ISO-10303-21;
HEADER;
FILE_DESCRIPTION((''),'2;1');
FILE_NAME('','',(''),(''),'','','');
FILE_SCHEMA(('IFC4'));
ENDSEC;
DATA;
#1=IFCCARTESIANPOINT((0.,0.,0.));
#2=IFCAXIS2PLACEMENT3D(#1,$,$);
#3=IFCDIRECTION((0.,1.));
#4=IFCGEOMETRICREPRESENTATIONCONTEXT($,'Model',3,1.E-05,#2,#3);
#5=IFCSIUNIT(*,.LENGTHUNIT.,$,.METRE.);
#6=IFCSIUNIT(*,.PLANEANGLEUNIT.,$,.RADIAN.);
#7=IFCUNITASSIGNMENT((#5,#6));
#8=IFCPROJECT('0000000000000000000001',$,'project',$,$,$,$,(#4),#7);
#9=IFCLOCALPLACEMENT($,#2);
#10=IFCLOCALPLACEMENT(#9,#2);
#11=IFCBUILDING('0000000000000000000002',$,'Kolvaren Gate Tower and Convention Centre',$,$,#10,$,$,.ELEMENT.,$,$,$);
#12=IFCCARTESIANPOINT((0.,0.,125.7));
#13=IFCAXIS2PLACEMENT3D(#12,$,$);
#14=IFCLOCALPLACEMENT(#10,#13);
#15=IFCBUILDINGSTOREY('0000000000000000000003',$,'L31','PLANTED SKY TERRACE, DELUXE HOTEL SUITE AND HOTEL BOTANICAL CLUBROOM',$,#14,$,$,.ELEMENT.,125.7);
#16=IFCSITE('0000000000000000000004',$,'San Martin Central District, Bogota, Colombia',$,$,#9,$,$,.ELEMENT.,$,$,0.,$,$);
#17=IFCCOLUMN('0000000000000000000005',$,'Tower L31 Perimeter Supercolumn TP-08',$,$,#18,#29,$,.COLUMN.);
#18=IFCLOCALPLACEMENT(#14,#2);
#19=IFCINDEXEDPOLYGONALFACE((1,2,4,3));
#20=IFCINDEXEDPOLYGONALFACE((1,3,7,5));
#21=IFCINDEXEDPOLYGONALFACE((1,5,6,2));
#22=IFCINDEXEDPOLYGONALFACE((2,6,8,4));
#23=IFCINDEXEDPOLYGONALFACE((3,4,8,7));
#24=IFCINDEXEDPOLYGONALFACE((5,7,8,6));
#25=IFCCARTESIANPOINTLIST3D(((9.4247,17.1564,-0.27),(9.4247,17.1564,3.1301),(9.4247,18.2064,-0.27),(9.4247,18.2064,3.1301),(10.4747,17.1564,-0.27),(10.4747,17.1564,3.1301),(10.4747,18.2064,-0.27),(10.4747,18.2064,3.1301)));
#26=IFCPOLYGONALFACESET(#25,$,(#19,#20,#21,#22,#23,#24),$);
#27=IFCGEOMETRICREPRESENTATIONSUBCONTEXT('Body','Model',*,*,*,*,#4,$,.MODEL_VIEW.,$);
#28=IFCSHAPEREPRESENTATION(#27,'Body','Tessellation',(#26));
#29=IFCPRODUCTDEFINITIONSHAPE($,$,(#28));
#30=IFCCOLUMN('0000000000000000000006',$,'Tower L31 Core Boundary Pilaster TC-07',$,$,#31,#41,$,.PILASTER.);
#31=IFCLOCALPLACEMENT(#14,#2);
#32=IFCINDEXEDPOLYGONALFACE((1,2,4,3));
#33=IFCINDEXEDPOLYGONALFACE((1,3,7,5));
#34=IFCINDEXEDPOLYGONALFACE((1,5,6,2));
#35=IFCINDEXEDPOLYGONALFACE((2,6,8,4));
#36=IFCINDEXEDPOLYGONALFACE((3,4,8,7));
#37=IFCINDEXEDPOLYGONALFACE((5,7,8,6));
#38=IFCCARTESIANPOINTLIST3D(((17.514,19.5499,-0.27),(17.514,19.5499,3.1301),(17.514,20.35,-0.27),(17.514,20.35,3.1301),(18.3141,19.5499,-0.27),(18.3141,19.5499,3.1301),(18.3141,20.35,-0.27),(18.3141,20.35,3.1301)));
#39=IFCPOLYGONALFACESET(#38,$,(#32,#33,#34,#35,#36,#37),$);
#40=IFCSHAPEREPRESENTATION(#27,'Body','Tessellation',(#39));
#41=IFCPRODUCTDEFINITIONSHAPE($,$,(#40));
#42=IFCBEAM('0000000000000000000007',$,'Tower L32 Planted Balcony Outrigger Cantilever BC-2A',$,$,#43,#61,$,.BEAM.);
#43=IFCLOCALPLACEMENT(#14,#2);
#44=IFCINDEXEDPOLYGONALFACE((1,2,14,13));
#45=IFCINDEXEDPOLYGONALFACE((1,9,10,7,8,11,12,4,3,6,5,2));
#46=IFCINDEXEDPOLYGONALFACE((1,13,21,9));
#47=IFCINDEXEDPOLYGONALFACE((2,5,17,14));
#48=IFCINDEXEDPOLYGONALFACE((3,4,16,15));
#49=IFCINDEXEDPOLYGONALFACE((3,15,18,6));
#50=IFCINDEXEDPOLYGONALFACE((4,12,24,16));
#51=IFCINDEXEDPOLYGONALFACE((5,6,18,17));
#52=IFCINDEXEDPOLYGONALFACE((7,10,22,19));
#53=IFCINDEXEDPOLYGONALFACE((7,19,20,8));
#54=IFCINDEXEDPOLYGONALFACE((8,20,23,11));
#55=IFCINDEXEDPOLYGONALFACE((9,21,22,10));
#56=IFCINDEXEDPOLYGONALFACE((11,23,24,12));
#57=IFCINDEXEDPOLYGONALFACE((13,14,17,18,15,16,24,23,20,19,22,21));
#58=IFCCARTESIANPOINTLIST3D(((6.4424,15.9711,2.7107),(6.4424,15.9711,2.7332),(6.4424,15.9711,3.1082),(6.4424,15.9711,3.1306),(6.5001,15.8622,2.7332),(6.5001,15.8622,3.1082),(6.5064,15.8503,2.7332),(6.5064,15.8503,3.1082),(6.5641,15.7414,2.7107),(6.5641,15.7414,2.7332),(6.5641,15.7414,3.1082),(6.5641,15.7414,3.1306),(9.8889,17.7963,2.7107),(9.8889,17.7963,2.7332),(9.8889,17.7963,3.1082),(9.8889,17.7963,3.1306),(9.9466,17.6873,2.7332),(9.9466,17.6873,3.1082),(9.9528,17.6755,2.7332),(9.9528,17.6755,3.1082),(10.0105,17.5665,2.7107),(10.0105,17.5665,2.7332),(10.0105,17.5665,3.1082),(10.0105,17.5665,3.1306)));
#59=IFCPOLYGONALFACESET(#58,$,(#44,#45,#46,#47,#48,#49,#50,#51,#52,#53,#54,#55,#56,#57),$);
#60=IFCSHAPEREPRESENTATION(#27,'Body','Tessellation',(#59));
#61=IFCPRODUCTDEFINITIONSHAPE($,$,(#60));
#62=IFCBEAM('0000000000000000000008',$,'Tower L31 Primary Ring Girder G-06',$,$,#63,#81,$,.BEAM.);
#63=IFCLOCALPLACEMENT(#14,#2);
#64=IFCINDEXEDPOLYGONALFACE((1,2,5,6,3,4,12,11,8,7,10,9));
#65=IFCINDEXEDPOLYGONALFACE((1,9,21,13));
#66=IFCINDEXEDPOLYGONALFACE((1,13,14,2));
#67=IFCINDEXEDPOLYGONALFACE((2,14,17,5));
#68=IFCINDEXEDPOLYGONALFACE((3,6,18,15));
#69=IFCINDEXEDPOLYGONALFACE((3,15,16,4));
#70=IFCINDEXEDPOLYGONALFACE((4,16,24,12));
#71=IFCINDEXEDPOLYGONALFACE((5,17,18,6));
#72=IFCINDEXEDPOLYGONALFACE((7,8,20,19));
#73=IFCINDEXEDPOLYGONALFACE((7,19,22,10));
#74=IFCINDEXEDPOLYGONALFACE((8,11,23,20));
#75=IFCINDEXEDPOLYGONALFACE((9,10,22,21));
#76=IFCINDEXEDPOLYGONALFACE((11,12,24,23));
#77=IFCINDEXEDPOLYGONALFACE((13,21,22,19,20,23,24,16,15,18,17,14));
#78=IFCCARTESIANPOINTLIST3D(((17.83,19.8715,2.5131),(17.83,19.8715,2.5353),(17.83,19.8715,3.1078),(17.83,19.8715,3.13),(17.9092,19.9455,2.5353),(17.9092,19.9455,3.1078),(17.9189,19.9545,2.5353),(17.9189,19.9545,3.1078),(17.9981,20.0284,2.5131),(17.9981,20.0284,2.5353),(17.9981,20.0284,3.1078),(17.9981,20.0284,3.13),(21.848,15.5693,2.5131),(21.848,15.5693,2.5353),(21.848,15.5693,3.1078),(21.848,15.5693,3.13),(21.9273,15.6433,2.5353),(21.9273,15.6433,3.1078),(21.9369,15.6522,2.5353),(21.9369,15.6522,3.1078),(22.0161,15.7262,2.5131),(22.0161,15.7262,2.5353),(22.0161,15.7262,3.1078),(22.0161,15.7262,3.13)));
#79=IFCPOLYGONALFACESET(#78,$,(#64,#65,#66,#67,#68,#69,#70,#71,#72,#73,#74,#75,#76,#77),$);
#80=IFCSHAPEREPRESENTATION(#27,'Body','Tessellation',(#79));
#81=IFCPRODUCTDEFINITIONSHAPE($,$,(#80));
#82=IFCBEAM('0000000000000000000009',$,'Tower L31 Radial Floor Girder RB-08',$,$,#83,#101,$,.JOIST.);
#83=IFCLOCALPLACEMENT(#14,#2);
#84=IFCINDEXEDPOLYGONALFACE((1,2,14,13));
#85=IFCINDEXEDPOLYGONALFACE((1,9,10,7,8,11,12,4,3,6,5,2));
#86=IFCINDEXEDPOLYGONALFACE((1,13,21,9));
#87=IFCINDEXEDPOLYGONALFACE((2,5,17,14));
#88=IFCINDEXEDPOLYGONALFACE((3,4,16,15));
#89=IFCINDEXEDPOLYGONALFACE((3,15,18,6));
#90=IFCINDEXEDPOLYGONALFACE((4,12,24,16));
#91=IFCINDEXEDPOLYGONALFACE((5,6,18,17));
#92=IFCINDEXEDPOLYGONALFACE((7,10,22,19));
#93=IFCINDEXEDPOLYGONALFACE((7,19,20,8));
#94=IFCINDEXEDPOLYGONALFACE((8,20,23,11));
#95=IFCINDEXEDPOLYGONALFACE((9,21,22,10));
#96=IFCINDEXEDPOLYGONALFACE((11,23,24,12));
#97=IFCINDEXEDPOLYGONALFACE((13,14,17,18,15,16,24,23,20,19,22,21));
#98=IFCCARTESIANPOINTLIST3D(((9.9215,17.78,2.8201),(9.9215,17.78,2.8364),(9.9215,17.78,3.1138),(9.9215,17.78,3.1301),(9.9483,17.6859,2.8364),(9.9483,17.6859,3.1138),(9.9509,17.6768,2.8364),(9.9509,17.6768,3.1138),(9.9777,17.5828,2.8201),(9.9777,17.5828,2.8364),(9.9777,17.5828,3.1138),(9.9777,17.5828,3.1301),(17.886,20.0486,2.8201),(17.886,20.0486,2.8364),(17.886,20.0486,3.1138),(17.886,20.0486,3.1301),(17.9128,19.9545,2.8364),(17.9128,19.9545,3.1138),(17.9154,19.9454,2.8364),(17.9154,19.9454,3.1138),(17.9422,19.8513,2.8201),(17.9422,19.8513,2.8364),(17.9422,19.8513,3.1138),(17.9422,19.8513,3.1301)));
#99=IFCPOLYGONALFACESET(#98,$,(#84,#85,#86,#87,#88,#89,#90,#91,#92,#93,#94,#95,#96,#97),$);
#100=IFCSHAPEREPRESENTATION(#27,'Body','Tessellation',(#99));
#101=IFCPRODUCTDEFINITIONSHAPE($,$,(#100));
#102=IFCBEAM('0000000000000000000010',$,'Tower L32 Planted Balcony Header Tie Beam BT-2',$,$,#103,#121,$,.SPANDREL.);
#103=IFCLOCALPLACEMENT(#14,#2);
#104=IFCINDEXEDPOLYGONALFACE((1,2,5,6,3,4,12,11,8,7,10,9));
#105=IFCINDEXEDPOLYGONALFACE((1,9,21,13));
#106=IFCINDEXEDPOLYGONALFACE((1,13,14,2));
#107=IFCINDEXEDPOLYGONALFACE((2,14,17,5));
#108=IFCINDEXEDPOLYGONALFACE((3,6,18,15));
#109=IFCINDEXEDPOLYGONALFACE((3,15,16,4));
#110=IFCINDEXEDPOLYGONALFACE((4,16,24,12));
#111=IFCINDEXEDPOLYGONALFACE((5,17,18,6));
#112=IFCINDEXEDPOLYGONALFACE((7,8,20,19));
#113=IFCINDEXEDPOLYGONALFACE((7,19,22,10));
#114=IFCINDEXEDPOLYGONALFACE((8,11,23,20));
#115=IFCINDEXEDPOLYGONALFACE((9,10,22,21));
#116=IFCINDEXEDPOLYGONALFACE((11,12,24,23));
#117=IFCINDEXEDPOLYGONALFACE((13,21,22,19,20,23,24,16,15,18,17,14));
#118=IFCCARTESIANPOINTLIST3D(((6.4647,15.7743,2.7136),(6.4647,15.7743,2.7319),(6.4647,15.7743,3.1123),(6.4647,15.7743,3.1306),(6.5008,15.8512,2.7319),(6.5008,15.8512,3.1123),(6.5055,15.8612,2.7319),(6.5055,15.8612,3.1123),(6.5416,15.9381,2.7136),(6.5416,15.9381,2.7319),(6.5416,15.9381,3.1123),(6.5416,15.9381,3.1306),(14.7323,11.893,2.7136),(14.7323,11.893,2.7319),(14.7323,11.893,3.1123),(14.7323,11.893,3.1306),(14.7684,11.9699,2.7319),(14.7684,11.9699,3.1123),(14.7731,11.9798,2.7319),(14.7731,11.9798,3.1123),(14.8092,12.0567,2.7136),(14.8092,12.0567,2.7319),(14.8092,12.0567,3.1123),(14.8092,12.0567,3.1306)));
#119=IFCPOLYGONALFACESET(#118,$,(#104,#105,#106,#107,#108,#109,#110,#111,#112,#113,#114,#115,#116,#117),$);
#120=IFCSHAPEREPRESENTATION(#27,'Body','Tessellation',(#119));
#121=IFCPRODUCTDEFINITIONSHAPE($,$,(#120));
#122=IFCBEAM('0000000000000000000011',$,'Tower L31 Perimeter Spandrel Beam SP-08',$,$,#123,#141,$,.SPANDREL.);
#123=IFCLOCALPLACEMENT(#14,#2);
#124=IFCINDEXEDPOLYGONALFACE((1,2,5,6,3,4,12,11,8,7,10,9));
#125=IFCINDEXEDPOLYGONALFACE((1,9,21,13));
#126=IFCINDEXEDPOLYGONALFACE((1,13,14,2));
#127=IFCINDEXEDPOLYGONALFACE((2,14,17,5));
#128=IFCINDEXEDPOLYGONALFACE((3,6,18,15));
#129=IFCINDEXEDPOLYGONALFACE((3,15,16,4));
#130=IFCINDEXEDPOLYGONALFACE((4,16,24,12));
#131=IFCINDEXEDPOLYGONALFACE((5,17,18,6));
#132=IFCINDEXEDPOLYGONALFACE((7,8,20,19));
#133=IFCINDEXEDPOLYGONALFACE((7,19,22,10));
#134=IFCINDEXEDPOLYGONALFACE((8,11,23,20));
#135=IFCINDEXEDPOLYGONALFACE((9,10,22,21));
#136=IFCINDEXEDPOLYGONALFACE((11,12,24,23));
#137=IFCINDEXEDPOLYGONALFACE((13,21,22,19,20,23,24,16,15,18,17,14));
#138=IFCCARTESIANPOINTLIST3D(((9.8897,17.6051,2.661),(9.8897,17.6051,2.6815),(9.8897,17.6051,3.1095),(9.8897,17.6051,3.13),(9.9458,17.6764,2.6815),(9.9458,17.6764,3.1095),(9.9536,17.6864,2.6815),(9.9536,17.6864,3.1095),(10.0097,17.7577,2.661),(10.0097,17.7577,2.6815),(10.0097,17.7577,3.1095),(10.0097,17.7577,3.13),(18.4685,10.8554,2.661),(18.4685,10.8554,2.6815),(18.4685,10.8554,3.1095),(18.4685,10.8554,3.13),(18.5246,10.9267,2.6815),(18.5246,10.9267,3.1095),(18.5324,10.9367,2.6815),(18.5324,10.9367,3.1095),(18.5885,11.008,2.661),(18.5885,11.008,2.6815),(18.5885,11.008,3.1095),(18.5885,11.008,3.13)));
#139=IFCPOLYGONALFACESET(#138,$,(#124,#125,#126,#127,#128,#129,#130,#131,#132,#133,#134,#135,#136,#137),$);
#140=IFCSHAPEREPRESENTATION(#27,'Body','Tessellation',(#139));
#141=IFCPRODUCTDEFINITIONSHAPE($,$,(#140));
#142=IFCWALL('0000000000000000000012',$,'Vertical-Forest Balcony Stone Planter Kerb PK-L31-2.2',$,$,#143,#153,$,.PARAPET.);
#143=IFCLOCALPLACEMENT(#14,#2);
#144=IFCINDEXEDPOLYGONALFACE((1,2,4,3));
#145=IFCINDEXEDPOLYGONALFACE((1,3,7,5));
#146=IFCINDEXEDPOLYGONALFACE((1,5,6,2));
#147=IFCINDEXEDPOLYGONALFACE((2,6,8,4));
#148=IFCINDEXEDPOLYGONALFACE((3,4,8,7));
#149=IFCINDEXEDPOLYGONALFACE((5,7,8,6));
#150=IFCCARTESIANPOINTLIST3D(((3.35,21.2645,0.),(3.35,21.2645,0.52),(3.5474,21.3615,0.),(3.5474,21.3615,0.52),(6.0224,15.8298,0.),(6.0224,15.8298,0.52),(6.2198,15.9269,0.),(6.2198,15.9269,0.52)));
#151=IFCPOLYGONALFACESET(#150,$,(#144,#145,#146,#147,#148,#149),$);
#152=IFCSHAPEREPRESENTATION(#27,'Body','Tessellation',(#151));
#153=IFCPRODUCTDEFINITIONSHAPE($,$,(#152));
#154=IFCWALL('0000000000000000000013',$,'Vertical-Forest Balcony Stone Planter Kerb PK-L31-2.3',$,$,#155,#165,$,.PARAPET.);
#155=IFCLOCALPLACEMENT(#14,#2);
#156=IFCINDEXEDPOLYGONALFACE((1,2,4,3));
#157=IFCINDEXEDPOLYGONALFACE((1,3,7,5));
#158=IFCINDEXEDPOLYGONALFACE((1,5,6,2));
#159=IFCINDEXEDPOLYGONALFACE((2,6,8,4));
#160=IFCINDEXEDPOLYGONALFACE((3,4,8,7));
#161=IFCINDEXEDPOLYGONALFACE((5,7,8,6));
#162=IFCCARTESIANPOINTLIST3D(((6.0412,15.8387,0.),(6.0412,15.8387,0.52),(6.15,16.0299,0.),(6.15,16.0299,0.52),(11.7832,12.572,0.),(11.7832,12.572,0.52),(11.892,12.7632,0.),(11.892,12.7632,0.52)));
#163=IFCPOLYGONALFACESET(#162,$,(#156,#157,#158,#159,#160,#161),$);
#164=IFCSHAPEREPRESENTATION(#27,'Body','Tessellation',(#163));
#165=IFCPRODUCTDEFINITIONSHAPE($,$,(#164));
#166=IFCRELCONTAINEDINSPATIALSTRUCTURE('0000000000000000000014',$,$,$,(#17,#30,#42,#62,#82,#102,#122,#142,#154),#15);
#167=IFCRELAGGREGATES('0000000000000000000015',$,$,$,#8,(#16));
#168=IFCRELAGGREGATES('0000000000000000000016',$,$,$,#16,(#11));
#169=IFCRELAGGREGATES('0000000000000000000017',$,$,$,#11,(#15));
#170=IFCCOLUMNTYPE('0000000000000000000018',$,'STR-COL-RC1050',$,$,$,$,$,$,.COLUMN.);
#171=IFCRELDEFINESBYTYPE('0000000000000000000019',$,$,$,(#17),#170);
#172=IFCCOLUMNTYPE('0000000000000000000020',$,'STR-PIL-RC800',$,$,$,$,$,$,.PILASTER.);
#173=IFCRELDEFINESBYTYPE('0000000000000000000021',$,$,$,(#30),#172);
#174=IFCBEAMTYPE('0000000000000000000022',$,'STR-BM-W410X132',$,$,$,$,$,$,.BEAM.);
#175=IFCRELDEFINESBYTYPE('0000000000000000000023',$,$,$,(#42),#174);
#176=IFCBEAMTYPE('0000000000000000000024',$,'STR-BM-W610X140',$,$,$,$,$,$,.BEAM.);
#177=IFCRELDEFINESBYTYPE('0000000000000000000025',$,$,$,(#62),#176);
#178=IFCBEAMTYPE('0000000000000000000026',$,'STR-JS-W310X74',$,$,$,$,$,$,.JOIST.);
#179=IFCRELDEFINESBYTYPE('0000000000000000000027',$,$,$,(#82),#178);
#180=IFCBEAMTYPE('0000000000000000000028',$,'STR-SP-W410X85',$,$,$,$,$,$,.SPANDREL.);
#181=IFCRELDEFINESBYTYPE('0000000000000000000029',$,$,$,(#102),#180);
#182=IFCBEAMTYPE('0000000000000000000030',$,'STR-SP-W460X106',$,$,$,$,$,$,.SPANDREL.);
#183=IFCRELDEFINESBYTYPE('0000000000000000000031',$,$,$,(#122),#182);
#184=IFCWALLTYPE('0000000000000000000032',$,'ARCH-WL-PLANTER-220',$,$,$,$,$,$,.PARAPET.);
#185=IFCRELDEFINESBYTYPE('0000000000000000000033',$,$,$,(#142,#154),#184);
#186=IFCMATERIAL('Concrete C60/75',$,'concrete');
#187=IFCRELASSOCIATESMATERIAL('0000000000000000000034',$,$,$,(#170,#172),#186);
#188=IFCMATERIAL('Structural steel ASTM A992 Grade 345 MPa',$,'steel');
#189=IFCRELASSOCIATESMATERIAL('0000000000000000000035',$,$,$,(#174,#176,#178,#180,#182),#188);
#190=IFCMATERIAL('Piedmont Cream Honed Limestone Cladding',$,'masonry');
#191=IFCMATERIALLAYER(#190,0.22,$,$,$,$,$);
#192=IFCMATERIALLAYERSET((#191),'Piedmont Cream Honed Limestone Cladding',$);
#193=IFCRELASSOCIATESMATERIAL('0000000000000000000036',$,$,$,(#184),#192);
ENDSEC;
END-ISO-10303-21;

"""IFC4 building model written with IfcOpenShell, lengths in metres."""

from ifc_helpers import new_model, si_unit, direction, frame, frame_2d, origin, origin_2d, place, context, subcontext, project, spatial, rectangle, i_section, extrude, material, layer, layer_set, material_profile, profile_set, type_object, element, save


model = new_model("IFC4")

# Units and contexts
model_context = context("Model", 3, precision=1e-05, world=origin(), true_north=direction((0.0, 1.0)))
body_context = subcontext(model_context, "Body", "Model", "MODEL_VIEW")
ifc_project = project(units=[si_unit("LENGTHUNIT", "METRE"), si_unit("PLANEANGLEUNIT", "RADIAN")], contexts=[model_context])

# Site, building, storey
site_placement = place(None, origin())
site = spatial("IfcSite", under=ifc_project, at=site_placement, Name="San Martin Central District, Bogota, Colombia", CompositionType="ELEMENT", RefElevation=0.0)
building_placement = place(site_placement, origin())
building = spatial("IfcBuilding", under=site, at=building_placement, Name="Kolvaren Gate Tower and Convention Centre", CompositionType="ELEMENT")
storey_placement = place(building_placement, frame((0.0, 0.0, 125.7)))
storey = spatial("IfcBuildingStorey", under=building, at=storey_placement, Name="L31", Description="PLANTED SKY TERRACE, DELUXE HOTEL SUITE AND HOTEL BOTANICAL CLUBROOM", CompositionType="ELEMENT", Elevation=125.7)

# Columns
ifc_material_1 = material(Name="Concrete C60/75", Category="concrete")
ifc_material_profile_1 = material_profile(ifc_material_1, rectangle(XDim=1.05, YDim=1.05, at=origin_2d()), Name="RC-COL-1050X1050")
ifc_profile_set_1 = profile_set([ifc_material_profile_1], Name="Concrete C60/75")
column_type_1 = type_object("IfcColumnType", Name="STR-COL-RC1050", PredefinedType="COLUMN", material=ifc_profile_set_1)
column_1_placement = place(storey_placement, frame((9.9497, 17.6814, -0.27), z_axis=(0.0, 0.0, 1.0), x_axis=(1.0, 0.0, 0.0)))
element("IfcColumn", 1, at=column_1_placement, inside=storey, type_object=column_type_1, Name="Tower L31 Perimeter Supercolumn TP-08", PredefinedType="COLUMN", context=body_context, shape_type="SweptSolid", body=[
    extrude(rectangle(XDim=1.05, YDim=1.05, at=origin_2d()), origin(), (0.0, 0.0, 1.0), 3.4001),
])
ifc_material_profile_2 = material_profile(ifc_material_1, rectangle(XDim=0.8, YDim=0.8, at=origin_2d()), Name="RC-COL-800X800")
ifc_profile_set_2 = profile_set([ifc_material_profile_2], Name="Concrete C60/75")
column_type_2 = type_object("IfcColumnType", Name="STR-PIL-RC800", PredefinedType="PILASTER", material=ifc_profile_set_2)
column_2_placement = place(storey_placement, frame((17.9141, 19.95, -0.27), z_axis=(0.0, 0.0, 1.0), x_axis=(1.0, 0.0, 0.0)))
element("IfcColumn", 2, at=column_2_placement, inside=storey, type_object=column_type_2, Name="Tower L31 Core Boundary Pilaster TC-07", PredefinedType="PILASTER", context=body_context, shape_type="SweptSolid", body=[
    extrude(rectangle(XDim=0.8, YDim=0.8, at=origin_2d()), origin(), (0.0, 0.0, 1.0), 3.4001),
])

# Beams
ifc_material_2 = material(Name="Structural steel ASTM A992 Grade 345 MPa", Category="steel")
ifc_material_profile_3 = material_profile(ifc_material_2, i_section(OverallWidth=0.26, OverallDepth=0.4199, WebThickness=0.0134, FlangeThickness=0.0225, at=origin_2d()), Name="W410X132")
ifc_profile_set_3 = profile_set([ifc_material_profile_3], Name="Structural steel ASTM A992 Grade 345 MPa")
beam_type_1 = type_object("IfcBeamType", Name="STR-BM-W410X132", PredefinedType="BEAM", material=ifc_profile_set_3)
beam_1_placement = place(storey_placement, frame((9.9497, 17.6814, 2.9207), z_axis=(-0.883729, -0.468, 0.0), x_axis=(0.468, -0.883729, 0.0)))
element("IfcBeam", 3, at=beam_1_placement, inside=storey, type_object=beam_type_1, Name="Tower L32 Planted Balcony Outrigger Cantilever BC-2A", PredefinedType="BEAM", context=body_context, shape_type="SweptSolid", body=[
    extrude(i_section(OverallWidth=0.26, OverallDepth=0.4199, WebThickness=0.0134, FlangeThickness=0.0225, at=origin_2d()), origin(), (0.0, 0.0, 1.0), 3.8999),
])
ifc_material_profile_4 = material_profile(ifc_material_2, i_section(OverallWidth=0.23, OverallDepth=0.6169, WebThickness=0.0132, FlangeThickness=0.0222, at=origin_2d()), Name="W610X140")
ifc_profile_set_4 = profile_set([ifc_material_profile_4], Name="Structural steel ASTM A992 Grade 345 MPa")
beam_type_2 = type_object("IfcBeamType", Name="STR-BM-W610X140", PredefinedType="BEAM", material=ifc_profile_set_4)
beam_2_placement = place(storey_placement, frame((17.9141, 19.95, 2.8215), z_axis=(0.682558, -0.730832, 0.0), x_axis=(0.730832, 0.682558, 0.0)))
element("IfcBeam", 4, at=beam_2_placement, inside=storey, type_object=beam_type_2, Name="Tower L31 Primary Ring Girder G-06", PredefinedType="BEAM", context=body_context, shape_type="SweptSolid", body=[
    extrude(i_section(OverallWidth=0.23, OverallDepth=0.6169, WebThickness=0.0132, FlangeThickness=0.0222, at=origin_2d()), origin(), (0.0, 0.0, 1.0), 5.8867),
])
ifc_material_profile_5 = material_profile(ifc_material_2, i_section(OverallWidth=0.2051, OverallDepth=0.3101, WebThickness=0.0095, FlangeThickness=0.0164, at=origin_2d()), Name="W310X74")
ifc_profile_set_5 = profile_set([ifc_material_profile_5], Name="Structural steel ASTM A992 Grade 345 MPa")
beam_type_3 = type_object("IfcBeamType", Name="STR-JS-W310X74", PredefinedType="JOIST", material=ifc_profile_set_5)
beam_3_placement = place(storey_placement, frame((17.9141, 19.95, 2.9751), z_axis=(-0.961746, -0.273942, 0.0), x_axis=(0.273942, -0.961746, 0.0)))
element("IfcBeam", 5, at=beam_3_placement, inside=storey, type_object=beam_type_3, Name="Tower L31 Radial Floor Girder RB-08", PredefinedType="JOIST", context=body_context, shape_type="SweptSolid", body=[
    extrude(i_section(OverallWidth=0.2051, OverallDepth=0.3101, WebThickness=0.0095, FlangeThickness=0.0164, at=origin_2d()), origin(), (0.0, 0.0, 1.0), 8.2812),
])
ifc_material_profile_6 = material_profile(ifc_material_2, i_section(OverallWidth=0.1809, OverallDepth=0.417, WebThickness=0.011, FlangeThickness=0.0183, at=origin_2d()), Name="W410X85")
ifc_profile_set_6 = profile_set([ifc_material_profile_6], Name="Structural steel ASTM A992 Grade 345 MPa")
beam_type_4 = type_object("IfcBeamType", Name="STR-SP-W410X85", PredefinedType="SPANDREL", material=ifc_profile_set_6)
beam_4_placement = place(storey_placement, frame((6.5032, 15.8562, 2.9221), z_axis=(0.90521, -0.424965, 0.0), x_axis=(0.424965, 0.90521, 0.0)))
element("IfcBeam", 6, at=beam_4_placement, inside=storey, type_object=beam_type_4, Name="Tower L32 Planted Balcony Header Tie Beam BT-2", PredefinedType="SPANDREL", context=body_context, shape_type="SweptSolid", body=[
    extrude(i_section(OverallWidth=0.1809, OverallDepth=0.417, WebThickness=0.011, FlangeThickness=0.0183, at=origin_2d()), origin(), (0.0, 0.0, 1.0), 9.1333),
])
ifc_material_profile_7 = material_profile(ifc_material_2, i_section(OverallWidth=0.1941, OverallDepth=0.469, WebThickness=0.0127, FlangeThickness=0.0205, at=origin_2d()), Name="W460X106")
ifc_profile_set_7 = profile_set([ifc_material_profile_7], Name="Structural steel ASTM A992 Grade 345 MPa")
beam_type_5 = type_object("IfcBeamType", Name="STR-SP-W460X106", PredefinedType="SPANDREL", material=ifc_profile_set_7)
beam_5_placement = place(storey_placement, frame((9.9497, 17.6814, 2.8955), z_axis=(0.785908, -0.618344, 0.0), x_axis=(0.618344, 0.785908, 0.0)))
element("IfcBeam", 7, at=beam_5_placement, inside=storey, type_object=beam_type_5, Name="Tower L31 Perimeter Spandrel Beam SP-08", PredefinedType="SPANDREL", context=body_context, shape_type="SweptSolid", body=[
    extrude(i_section(OverallWidth=0.1941, OverallDepth=0.469, WebThickness=0.0127, FlangeThickness=0.0205, at=origin_2d()), origin(), (0.0, 0.0, 1.0), 10.9158),
])

# Walls
ifc_material_3 = material(Name="Piedmont Cream Honed Limestone Cladding", Category="masonry")
ifc_layer_1 = layer(ifc_material_3, 0.22)
ifc_layer_set_1 = layer_set([ifc_layer_1], Name="Piedmont Cream Honed Limestone Cladding")
wall_type_1 = type_object("IfcWallType", Name="ARCH-WL-PLANTER-220", PredefinedType="PARAPET", material=ifc_layer_set_1)
wall_1_placement = place(storey_placement, frame((3.4487, 21.313, 0.0), z_axis=(0.0, 0.0, 1.0), x_axis=(0.44127, -0.897375, 0.0)))
element("IfcWall", 8, at=wall_1_placement, inside=storey, type_object=wall_type_1, Name="Vertical-Forest Balcony Stone Planter Kerb PK-L31-2.2", PredefinedType="PARAPET", context=body_context, shape_type="SweptSolid", body=[
    extrude(rectangle(XDim=6.0562, YDim=0.22, at=frame_2d((3.0281, 0.0))), origin(), (0.0, 0.0, 1.0), 0.52),
])
wall_2_placement = place(storey_placement, frame((6.0955, 15.9343, 0.0), z_axis=(0.0, 0.0, 1.0), x_axis=(0.869188, -0.494482, 0.0)))
element("IfcWall", 9, at=wall_2_placement, inside=storey, type_object=wall_type_1, Name="Vertical-Forest Balcony Stone Planter Kerb PK-L31-2.3", PredefinedType="PARAPET", context=body_context, shape_type="SweptSolid", body=[
    extrude(rectangle(XDim=6.6062, YDim=0.22, at=frame_2d((3.3032, 0.0))), origin(), (0.0, 0.0, 1.0), 0.52),
])

save(model, "model.ifc")
